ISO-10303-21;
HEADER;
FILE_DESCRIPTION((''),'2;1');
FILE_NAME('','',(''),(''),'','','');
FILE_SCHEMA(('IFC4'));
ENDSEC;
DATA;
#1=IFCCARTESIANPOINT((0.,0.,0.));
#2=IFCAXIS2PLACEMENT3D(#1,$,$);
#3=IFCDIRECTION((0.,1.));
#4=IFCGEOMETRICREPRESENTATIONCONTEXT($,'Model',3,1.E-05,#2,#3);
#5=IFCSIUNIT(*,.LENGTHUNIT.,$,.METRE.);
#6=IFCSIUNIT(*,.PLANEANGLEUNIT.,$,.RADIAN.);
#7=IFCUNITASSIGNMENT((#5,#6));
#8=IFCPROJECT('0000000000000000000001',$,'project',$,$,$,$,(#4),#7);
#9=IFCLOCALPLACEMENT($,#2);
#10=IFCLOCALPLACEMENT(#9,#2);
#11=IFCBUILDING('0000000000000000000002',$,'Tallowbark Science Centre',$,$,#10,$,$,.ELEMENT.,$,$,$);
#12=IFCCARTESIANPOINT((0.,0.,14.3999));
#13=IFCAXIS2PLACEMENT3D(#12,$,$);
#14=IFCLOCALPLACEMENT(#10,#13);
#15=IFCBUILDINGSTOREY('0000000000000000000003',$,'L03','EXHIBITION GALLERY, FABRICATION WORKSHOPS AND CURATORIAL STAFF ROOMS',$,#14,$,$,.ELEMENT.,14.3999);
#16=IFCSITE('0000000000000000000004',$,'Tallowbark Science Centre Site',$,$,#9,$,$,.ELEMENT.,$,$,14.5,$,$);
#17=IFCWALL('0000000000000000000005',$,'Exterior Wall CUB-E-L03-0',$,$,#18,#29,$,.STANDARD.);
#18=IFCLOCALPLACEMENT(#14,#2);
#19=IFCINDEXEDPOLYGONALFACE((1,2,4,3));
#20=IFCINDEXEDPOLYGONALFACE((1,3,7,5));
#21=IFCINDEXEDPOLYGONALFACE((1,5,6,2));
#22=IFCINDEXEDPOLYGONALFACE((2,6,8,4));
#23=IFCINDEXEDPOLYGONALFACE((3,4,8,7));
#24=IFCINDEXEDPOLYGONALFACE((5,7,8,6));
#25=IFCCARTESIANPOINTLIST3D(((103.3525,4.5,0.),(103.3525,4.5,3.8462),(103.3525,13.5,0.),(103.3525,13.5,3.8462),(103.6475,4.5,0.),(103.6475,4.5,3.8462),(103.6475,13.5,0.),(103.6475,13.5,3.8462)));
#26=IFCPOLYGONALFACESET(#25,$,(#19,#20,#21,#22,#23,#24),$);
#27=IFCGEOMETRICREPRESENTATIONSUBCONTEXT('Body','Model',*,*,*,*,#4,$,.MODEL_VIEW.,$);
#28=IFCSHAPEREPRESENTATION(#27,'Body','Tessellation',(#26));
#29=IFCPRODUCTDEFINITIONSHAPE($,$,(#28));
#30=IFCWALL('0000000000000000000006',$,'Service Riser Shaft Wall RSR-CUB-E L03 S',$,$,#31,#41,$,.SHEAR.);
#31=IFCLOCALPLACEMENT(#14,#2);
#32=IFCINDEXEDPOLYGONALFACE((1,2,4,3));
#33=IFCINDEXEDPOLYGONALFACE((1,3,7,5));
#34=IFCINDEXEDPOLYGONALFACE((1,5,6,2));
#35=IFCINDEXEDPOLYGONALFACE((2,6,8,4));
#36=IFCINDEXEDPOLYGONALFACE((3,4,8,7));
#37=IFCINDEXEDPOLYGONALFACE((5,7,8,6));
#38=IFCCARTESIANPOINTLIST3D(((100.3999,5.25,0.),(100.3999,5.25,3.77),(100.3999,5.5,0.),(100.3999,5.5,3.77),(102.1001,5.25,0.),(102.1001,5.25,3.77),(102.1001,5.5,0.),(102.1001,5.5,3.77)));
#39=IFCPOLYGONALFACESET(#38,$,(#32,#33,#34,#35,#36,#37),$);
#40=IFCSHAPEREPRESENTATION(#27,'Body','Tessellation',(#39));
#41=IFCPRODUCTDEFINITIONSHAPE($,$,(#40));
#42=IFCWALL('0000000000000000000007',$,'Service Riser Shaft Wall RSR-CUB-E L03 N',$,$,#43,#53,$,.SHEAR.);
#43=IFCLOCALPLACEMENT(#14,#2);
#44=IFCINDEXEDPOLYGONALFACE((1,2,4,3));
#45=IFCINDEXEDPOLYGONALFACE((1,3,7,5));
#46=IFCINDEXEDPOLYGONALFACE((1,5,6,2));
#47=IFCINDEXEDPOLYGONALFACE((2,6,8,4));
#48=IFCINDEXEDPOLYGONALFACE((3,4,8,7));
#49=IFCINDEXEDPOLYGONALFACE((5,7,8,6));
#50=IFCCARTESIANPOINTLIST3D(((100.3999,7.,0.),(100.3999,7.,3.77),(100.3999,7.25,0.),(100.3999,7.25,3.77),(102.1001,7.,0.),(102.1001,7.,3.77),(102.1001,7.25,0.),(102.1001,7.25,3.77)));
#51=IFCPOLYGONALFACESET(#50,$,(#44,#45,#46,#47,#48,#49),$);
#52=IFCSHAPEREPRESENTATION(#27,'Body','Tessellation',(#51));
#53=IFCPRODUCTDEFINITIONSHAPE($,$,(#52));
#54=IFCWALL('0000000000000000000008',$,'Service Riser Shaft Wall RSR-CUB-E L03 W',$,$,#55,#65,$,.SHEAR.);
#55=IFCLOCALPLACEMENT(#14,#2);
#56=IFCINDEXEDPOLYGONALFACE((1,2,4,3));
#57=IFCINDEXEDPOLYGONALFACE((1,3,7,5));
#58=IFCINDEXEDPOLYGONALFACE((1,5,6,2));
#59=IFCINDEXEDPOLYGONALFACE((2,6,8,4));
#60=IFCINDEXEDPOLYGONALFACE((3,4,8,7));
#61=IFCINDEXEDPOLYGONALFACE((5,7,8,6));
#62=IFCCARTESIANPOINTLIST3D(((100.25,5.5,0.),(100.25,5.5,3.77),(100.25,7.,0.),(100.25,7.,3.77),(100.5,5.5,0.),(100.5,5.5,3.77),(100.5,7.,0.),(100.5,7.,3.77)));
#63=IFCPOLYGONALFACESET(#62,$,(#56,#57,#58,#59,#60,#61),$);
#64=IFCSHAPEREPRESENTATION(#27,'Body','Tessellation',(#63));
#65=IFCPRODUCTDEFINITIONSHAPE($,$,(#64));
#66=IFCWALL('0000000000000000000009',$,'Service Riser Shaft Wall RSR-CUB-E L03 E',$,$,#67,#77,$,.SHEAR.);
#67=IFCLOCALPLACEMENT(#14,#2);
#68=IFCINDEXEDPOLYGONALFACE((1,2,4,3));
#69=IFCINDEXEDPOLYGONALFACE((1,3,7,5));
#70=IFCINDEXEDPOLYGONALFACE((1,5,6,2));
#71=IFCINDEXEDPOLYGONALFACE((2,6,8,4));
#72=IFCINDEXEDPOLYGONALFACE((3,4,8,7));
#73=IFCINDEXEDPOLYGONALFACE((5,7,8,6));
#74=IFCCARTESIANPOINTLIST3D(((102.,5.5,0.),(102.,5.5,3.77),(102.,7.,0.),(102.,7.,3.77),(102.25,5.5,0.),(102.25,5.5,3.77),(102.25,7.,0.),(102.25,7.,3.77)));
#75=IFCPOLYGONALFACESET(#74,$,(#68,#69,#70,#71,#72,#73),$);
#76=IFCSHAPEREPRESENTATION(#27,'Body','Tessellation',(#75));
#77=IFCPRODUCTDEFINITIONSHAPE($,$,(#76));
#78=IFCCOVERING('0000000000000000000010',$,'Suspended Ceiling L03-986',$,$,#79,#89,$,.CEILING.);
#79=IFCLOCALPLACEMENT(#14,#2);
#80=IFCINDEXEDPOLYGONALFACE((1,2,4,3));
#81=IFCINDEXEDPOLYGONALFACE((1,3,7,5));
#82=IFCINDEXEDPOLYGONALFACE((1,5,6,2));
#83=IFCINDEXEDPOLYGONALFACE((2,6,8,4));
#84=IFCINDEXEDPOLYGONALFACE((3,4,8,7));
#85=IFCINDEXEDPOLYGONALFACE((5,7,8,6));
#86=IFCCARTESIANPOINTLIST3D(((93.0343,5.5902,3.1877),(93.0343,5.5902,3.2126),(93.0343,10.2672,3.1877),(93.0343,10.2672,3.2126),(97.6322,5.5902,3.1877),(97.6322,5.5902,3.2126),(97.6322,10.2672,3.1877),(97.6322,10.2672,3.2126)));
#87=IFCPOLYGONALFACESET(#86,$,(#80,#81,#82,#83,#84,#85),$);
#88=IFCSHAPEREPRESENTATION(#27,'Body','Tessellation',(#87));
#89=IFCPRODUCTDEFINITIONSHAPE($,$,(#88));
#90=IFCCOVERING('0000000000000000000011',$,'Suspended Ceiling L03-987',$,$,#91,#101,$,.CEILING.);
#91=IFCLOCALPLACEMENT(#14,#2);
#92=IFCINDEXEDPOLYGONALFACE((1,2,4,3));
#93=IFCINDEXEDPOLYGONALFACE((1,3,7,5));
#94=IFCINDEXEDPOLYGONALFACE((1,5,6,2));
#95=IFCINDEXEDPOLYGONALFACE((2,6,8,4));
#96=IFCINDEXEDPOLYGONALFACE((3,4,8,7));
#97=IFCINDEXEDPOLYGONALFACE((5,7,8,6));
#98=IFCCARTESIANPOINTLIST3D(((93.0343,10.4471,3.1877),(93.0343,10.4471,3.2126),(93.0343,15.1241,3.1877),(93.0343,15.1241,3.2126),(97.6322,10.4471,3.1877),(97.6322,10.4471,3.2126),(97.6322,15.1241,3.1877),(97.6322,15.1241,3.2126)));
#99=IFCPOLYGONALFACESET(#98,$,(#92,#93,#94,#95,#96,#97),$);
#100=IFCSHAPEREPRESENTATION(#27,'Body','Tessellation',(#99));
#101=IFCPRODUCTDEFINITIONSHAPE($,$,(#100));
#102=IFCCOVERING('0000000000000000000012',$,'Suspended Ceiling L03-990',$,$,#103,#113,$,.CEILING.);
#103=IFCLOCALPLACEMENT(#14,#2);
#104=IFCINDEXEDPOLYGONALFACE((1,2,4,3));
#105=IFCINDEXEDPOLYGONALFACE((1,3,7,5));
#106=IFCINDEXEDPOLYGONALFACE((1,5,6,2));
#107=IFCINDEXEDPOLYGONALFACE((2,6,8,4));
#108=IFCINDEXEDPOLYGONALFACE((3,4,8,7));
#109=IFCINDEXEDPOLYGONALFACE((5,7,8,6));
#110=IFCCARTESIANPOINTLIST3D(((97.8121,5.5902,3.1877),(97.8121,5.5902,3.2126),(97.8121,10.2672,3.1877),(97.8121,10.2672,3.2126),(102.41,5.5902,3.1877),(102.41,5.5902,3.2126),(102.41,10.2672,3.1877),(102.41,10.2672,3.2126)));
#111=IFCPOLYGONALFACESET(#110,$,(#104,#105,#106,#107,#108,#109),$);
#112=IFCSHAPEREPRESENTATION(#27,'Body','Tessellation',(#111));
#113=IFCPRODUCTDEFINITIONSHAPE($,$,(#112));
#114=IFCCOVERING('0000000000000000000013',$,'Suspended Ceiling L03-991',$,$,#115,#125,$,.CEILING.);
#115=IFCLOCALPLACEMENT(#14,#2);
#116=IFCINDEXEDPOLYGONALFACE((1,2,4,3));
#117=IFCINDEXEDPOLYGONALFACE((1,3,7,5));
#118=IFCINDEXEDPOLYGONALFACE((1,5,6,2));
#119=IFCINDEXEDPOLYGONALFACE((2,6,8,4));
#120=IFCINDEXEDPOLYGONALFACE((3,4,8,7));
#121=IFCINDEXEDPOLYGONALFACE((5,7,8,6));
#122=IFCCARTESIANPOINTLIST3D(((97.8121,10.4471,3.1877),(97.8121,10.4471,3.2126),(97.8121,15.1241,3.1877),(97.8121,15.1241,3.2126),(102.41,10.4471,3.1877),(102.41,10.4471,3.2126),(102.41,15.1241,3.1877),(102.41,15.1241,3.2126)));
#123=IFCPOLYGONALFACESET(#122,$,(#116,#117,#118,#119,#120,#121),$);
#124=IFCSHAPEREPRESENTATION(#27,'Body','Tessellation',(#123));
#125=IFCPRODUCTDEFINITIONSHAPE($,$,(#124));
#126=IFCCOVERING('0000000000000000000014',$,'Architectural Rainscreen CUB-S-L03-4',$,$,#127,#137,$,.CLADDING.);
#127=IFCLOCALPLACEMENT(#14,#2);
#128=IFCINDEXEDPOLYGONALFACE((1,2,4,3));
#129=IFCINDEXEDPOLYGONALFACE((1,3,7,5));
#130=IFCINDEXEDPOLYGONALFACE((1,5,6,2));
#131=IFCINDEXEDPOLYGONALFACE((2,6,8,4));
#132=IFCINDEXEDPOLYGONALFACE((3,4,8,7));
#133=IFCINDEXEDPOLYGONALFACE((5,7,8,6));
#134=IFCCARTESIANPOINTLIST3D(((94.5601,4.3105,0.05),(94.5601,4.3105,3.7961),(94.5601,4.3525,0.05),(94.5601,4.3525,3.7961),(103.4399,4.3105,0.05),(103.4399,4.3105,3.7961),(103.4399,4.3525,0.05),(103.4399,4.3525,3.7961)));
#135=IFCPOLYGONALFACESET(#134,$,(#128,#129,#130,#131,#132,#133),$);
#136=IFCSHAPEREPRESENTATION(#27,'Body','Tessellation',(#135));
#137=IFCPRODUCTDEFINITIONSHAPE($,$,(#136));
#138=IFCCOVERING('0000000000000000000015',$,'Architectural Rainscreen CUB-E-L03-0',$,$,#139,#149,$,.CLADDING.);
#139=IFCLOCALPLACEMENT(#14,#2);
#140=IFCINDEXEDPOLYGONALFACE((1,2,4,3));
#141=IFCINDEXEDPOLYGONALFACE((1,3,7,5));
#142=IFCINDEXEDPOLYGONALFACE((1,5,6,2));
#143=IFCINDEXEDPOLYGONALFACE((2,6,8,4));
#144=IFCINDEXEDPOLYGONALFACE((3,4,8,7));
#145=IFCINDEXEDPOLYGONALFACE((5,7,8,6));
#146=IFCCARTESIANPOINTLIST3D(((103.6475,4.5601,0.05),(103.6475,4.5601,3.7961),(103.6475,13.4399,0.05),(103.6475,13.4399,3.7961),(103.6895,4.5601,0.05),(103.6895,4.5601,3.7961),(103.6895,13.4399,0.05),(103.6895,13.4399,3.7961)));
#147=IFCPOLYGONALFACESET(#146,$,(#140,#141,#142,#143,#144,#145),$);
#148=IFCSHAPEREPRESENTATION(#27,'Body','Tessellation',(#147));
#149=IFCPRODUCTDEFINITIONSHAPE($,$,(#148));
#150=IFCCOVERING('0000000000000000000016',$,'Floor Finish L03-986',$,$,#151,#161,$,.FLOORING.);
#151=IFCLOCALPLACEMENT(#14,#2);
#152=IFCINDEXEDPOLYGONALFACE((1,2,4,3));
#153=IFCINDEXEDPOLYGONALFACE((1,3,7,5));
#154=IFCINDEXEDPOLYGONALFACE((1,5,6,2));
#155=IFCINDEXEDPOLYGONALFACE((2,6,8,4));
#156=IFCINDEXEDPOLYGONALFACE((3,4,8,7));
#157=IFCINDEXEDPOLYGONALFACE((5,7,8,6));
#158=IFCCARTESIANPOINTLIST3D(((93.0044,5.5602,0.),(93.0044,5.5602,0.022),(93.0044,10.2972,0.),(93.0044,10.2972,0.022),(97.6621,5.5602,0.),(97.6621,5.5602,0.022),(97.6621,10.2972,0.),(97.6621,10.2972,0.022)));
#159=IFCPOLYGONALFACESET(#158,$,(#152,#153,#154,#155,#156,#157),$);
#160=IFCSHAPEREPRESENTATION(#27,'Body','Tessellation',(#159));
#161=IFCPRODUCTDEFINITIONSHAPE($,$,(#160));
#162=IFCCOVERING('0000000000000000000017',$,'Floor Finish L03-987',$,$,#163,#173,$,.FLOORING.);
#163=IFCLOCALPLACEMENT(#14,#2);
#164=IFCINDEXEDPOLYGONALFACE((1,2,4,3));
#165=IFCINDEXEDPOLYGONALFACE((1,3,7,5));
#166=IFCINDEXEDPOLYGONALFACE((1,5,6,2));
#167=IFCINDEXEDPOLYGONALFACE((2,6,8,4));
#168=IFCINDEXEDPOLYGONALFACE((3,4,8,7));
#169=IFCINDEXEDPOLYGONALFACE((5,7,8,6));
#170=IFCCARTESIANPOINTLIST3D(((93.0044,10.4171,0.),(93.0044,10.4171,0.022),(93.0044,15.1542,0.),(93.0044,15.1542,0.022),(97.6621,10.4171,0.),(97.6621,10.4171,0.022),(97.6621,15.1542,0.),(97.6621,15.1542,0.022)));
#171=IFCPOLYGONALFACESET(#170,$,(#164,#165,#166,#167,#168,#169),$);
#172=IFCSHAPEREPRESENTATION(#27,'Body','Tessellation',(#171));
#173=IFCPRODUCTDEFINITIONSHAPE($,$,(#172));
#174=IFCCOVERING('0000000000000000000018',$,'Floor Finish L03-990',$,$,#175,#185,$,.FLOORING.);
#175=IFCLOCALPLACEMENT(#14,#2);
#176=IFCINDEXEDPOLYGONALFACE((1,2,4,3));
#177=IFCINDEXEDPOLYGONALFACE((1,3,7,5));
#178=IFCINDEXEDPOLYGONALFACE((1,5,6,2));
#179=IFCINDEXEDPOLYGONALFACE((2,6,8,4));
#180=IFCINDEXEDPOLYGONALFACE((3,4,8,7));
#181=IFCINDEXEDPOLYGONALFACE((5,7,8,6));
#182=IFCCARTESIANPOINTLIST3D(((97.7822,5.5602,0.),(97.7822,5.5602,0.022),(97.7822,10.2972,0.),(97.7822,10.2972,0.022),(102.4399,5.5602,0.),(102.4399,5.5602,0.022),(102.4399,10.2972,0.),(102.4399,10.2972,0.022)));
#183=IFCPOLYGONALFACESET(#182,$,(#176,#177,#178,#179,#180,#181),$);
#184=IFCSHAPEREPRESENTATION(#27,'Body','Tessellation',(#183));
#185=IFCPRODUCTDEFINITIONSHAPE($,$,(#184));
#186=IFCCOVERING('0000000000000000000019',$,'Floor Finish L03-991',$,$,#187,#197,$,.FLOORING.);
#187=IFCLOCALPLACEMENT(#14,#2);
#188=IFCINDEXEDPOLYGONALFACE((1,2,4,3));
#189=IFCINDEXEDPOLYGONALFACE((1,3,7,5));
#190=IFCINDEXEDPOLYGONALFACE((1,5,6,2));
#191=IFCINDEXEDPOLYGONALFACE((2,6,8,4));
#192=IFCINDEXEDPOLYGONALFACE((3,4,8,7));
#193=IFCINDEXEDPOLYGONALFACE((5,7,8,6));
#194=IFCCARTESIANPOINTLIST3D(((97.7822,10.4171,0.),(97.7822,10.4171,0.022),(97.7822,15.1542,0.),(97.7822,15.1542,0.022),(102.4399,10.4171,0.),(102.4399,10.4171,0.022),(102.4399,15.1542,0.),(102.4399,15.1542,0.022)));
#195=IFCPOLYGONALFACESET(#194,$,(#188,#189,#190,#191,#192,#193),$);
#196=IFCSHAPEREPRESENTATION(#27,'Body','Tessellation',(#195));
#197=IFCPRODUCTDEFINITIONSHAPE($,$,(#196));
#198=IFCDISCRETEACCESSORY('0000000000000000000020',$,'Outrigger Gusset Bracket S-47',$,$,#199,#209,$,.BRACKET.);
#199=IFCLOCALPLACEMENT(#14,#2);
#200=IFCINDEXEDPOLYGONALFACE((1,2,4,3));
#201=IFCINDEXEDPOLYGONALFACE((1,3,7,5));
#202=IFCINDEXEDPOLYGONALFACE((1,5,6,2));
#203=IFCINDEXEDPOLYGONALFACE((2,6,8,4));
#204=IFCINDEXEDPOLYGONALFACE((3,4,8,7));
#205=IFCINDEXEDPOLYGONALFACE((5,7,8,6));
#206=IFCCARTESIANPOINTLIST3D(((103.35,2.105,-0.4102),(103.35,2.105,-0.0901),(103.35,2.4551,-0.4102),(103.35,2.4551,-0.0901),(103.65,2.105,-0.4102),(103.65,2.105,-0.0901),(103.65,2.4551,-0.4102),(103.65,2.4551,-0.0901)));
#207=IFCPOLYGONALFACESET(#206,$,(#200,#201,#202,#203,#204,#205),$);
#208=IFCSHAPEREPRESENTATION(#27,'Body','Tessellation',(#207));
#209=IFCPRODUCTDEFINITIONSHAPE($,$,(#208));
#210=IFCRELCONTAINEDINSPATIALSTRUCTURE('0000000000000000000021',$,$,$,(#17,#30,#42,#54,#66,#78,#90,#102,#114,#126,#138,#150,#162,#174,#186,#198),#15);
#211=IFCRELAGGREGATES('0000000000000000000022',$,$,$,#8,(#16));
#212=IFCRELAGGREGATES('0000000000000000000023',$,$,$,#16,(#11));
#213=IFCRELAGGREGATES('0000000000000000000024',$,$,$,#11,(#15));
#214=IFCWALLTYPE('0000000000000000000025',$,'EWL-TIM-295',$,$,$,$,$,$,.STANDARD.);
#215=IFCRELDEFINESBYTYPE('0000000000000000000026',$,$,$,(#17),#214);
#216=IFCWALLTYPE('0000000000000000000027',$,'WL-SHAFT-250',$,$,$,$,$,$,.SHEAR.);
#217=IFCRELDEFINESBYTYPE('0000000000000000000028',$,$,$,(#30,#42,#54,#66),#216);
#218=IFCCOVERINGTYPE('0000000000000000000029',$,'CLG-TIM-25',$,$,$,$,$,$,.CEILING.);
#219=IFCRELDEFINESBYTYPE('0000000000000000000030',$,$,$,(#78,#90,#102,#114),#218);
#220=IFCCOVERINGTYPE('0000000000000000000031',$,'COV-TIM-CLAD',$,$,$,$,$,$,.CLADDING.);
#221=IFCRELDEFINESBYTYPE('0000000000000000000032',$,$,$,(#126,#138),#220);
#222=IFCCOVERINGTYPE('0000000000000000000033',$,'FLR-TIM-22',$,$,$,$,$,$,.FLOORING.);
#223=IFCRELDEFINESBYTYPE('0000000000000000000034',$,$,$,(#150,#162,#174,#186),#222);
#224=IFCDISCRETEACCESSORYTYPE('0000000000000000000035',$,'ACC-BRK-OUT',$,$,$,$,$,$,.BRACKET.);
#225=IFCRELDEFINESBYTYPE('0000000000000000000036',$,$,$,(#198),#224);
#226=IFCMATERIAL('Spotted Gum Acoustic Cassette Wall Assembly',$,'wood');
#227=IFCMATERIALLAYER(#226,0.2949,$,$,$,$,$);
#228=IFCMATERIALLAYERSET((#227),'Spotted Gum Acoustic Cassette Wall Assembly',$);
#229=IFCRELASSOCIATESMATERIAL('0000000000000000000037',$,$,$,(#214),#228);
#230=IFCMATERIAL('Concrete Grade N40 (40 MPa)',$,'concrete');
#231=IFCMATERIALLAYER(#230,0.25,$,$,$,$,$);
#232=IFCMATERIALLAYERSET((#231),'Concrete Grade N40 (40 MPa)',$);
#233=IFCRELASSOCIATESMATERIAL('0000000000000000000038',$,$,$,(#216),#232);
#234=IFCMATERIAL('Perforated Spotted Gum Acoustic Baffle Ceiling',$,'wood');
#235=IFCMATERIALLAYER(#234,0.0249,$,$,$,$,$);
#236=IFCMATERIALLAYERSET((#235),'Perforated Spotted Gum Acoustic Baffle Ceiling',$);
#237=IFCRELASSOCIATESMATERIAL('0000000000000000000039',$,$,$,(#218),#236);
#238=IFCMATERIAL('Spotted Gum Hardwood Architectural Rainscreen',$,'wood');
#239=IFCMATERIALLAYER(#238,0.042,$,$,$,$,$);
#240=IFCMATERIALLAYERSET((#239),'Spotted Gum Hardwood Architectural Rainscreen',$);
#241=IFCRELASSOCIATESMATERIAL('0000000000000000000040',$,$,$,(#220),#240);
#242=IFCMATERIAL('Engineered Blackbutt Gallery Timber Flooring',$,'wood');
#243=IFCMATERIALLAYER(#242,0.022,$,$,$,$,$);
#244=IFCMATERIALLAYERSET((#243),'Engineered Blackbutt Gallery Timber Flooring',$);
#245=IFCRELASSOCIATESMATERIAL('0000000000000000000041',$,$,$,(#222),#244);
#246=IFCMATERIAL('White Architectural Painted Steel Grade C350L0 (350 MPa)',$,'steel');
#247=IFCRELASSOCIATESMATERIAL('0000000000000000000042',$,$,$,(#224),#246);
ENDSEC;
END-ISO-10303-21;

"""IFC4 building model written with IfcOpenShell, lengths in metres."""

from ifc_helpers import new_model, si_unit, direction, frame, frame_2d, origin, origin_2d, place, context, subcontext, project, spatial, rectangle, extrude, material, layer, layer_set, type_object, element, save


model = new_model("IFC4")

# Units and contexts
model_context = context("Model", 3, precision=1e-05, world=origin(), true_north=direction((0.0, 1.0)))
body_context = subcontext(model_context, "Body", "Model", "MODEL_VIEW")
ifc_project = project(units=[si_unit("LENGTHUNIT", "METRE"), si_unit("PLANEANGLEUNIT", "RADIAN")], contexts=[model_context])

# Site, building, storey
site_placement = place(None, origin())
site = spatial("IfcSite", under=ifc_project, at=site_placement, Name="Tallowbark Science Centre Site", CompositionType="ELEMENT", RefElevation=14.5)
building_placement = place(site_placement, origin())
building = spatial("IfcBuilding", under=site, at=building_placement, Name="Tallowbark Science Centre", CompositionType="ELEMENT")
storey_placement = place(building_placement, frame((0.0, 0.0, 14.3999)))
storey = spatial("IfcBuildingStorey", under=building, at=storey_placement, Name="L03", Description="EXHIBITION GALLERY, FABRICATION WORKSHOPS AND CURATORIAL STAFF ROOMS", CompositionType="ELEMENT", Elevation=14.3999)

# Shared definitions
ifc_material_1 = material(Name="White Architectural Painted Steel Grade C350L0 (350 MPa)", Category="steel")

# Walls
ifc_material_2 = material(Name="Spotted Gum Acoustic Cassette Wall Assembly", Category="wood")
ifc_layer_1 = layer(ifc_material_2, 0.2949)
ifc_layer_set_1 = layer_set([ifc_layer_1], Name="Spotted Gum Acoustic Cassette Wall Assembly")
wall_type_1 = type_object("IfcWallType", Name="EWL-TIM-295", PredefinedType="STANDARD", material=ifc_layer_set_1)
for number, where, z_axis, x_axis, name in (
    (1, (103.5, 4.5, 0.0), (0.0, 0.0, 1.0), (0.0, 1.0, 0.0), "Exterior Wall CUB-E-L03-0"),
):
    element("IfcWall", number, at=place(storey_placement, frame(where, z_axis=z_axis, x_axis=x_axis)), inside=storey, type_object=wall_type_1, Name=name, PredefinedType="STANDARD", context=body_context, shape_type="SweptSolid", body=[
        extrude(rectangle(XDim=9.0, YDim=0.2949, at=frame_2d((4.5, 0.0))), origin(), (0.0, 0.0, 1.0), 3.8462),
    ])
ifc_material_3 = material(Name="Concrete Grade N40 (40 MPa)", Category="concrete")
ifc_layer_2 = layer(ifc_material_3, 0.25)
ifc_layer_set_2 = layer_set([ifc_layer_2], Name="Concrete Grade N40 (40 MPa)")
wall_type_2 = type_object("IfcWallType", Name="WL-SHAFT-250", PredefinedType="SHEAR", material=ifc_layer_set_2)
for number, where, z_axis, x_axis, name in (
    (2, (100.3999, 5.375, 0.0), (0.0, 0.0, 1.0), (1.0, 0.0, 0.0), "Service Riser Shaft Wall RSR-CUB-E L03 S"),
    (3, (100.3999, 7.125, 0.0), (0.0, 0.0, 1.0), (1.0, 0.0, 0.0), "Service Riser Shaft Wall RSR-CUB-E L03 N"),
):
    element("IfcWall", number, at=place(storey_placement, frame(where, z_axis=z_axis, x_axis=x_axis)), inside=storey, type_object=wall_type_2, Name=name, PredefinedType="SHEAR", context=body_context, shape_type="SweptSolid", body=[
        extrude(rectangle(XDim=1.7002, YDim=0.25, at=frame_2d((0.8501, 0.0))), origin(), (0.0, 0.0, 1.0), 3.77),
    ])
for number, where, z_axis, x_axis, name in (
    (4, (100.375, 5.5, 0.0), (0.0, 0.0, 1.0), (0.0, 1.0, 0.0), "Service Riser Shaft Wall RSR-CUB-E L03 W"),
    (5, (102.125, 5.5, 0.0), (0.0, 0.0, 1.0), (0.0, 1.0, 0.0), "Service Riser Shaft Wall RSR-CUB-E L03 E"),
):
    element("IfcWall", number, at=place(storey_placement, frame(where, z_axis=z_axis, x_axis=x_axis)), inside=storey, type_object=wall_type_2, Name=name, PredefinedType="SHEAR", context=body_context, shape_type="SweptSolid", body=[
        extrude(rectangle(XDim=1.5, YDim=0.25, at=frame_2d((0.75, 0.0))), origin(), (0.0, 0.0, 1.0), 3.77),
    ])

# Coverings
ifc_material_4 = material(Name="Perforated Spotted Gum Acoustic Baffle Ceiling", Category="wood")
ifc_layer_3 = layer(ifc_material_4, 0.0249)
ifc_layer_set_3 = layer_set([ifc_layer_3], Name="Perforated Spotted Gum Acoustic Baffle Ceiling")
covering_type_1 = type_object("IfcCoveringType", Name="CLG-TIM-25", PredefinedType="CEILING", material=ifc_layer_set_3)
for number, where, z_axis, x_axis, name in (
    (6, (95.3333, 7.9287, 3.1877), (0.0, 0.0, 1.0), (1.0, 0.0, 0.0), "Suspended Ceiling L03-986"),
    (7, (95.3333, 12.7856, 3.1877), (0.0, 0.0, 1.0), (1.0, 0.0, 0.0), "Suspended Ceiling L03-987"),
    (8, (100.1111, 7.9287, 3.1877), (0.0, 0.0, 1.0), (1.0, 0.0, 0.0), "Suspended Ceiling L03-990"),
    (9, (100.1111, 12.7856, 3.1877), (0.0, 0.0, 1.0), (1.0, 0.0, 0.0), "Suspended Ceiling L03-991"),
):
    element("IfcCovering", number, at=place(storey_placement, frame(where, z_axis=z_axis, x_axis=x_axis)), inside=storey, type_object=covering_type_1, Name=name, PredefinedType="CEILING", context=body_context, shape_type="SweptSolid", body=[
        extrude(rectangle(XDim=4.5979, YDim=4.677, at=origin_2d()), origin(), (0.0, 0.0, 1.0), 0.0249),
    ])
ifc_material_5 = material(Name="Spotted Gum Hardwood Architectural Rainscreen", Category="wood")
ifc_layer_4 = layer(ifc_material_5, 0.042)
ifc_layer_set_4 = layer_set([ifc_layer_4], Name="Spotted Gum Hardwood Architectural Rainscreen")
covering_type_2 = type_object("IfcCoveringType", Name="COV-TIM-CLAD", PredefinedType="CLADDING", material=ifc_layer_set_4)
for number, where, z_axis, x_axis, name in (
    (10, (99.0, 4.3315, 0.05), (0.0, 0.0, 1.0), (1.0, 0.0, 0.0), "Architectural Rainscreen CUB-S-L03-4"),
    (11, (103.6685, 9.0, 0.05), (0.0, 0.0, 1.0), (0.0, 1.0, 0.0), "Architectural Rainscreen CUB-E-L03-0"),
):
    element("IfcCovering", number, at=place(storey_placement, frame(where, z_axis=z_axis, x_axis=x_axis)), inside=storey, type_object=covering_type_2, Name=name, PredefinedType="CLADDING", context=body_context, shape_type="SweptSolid", body=[
        extrude(rectangle(XDim=8.8799, YDim=0.042, at=origin_2d()), origin(), (0.0, 0.0, 1.0), 3.7461),
    ])
ifc_material_6 = material(Name="Engineered Blackbutt Gallery Timber Flooring", Category="wood")
ifc_layer_5 = layer(ifc_material_6, 0.022)
ifc_layer_set_5 = layer_set([ifc_layer_5], Name="Engineered Blackbutt Gallery Timber Flooring")
covering_type_3 = type_object("IfcCoveringType", Name="FLR-TIM-22", PredefinedType="FLOORING", material=ifc_layer_set_5)
for number, where, z_axis, x_axis, name in (
    (12, (95.3333, 7.9287, 0.0), (0.0, 0.0, 1.0), (1.0, 0.0, 0.0), "Floor Finish L03-986"),
    (13, (95.3333, 12.7856, 0.0), (0.0, 0.0, 1.0), (1.0, 0.0, 0.0), "Floor Finish L03-987"),
    (14, (100.1111, 7.9287, 0.0), (0.0, 0.0, 1.0), (1.0, 0.0, 0.0), "Floor Finish L03-990"),
    (15, (100.1111, 12.7856, 0.0), (0.0, 0.0, 1.0), (1.0, 0.0, 0.0), "Floor Finish L03-991"),
):
    element("IfcCovering", number, at=place(storey_placement, frame(where, z_axis=z_axis, x_axis=x_axis)), inside=storey, type_object=covering_type_3, Name=name, PredefinedType="FLOORING", context=body_context, shape_type="SweptSolid", body=[
        extrude(rectangle(XDim=4.6577, YDim=4.7371, at=origin_2d()), origin(), (0.0, 0.0, 1.0), 0.022),
    ])

# Discrete accessory
discrete_accessory_type_1 = type_object("IfcDiscreteAccessoryType", Name="ACC-BRK-OUT", PredefinedType="BRACKET", material=ifc_material_1)
discrete_accessory_placement = place(storey_placement, frame((103.5, 2.28, -0.4102), z_axis=(0.0, 0.0, 1.0), x_axis=(1.0, 0.0, 0.0)))
element("IfcDiscreteAccessory", 16, at=discrete_accessory_placement, inside=storey, type_object=discrete_accessory_type_1, Name="Outrigger Gusset Bracket S-47", PredefinedType="BRACKET", context=body_context, shape_type="SweptSolid", body=[
    extrude(rectangle(XDim=0.3, YDim=0.3501, at=origin_2d()), origin(), (0.0, 0.0, 1.0), 0.3201),
])

save(model, "model.ifc")
